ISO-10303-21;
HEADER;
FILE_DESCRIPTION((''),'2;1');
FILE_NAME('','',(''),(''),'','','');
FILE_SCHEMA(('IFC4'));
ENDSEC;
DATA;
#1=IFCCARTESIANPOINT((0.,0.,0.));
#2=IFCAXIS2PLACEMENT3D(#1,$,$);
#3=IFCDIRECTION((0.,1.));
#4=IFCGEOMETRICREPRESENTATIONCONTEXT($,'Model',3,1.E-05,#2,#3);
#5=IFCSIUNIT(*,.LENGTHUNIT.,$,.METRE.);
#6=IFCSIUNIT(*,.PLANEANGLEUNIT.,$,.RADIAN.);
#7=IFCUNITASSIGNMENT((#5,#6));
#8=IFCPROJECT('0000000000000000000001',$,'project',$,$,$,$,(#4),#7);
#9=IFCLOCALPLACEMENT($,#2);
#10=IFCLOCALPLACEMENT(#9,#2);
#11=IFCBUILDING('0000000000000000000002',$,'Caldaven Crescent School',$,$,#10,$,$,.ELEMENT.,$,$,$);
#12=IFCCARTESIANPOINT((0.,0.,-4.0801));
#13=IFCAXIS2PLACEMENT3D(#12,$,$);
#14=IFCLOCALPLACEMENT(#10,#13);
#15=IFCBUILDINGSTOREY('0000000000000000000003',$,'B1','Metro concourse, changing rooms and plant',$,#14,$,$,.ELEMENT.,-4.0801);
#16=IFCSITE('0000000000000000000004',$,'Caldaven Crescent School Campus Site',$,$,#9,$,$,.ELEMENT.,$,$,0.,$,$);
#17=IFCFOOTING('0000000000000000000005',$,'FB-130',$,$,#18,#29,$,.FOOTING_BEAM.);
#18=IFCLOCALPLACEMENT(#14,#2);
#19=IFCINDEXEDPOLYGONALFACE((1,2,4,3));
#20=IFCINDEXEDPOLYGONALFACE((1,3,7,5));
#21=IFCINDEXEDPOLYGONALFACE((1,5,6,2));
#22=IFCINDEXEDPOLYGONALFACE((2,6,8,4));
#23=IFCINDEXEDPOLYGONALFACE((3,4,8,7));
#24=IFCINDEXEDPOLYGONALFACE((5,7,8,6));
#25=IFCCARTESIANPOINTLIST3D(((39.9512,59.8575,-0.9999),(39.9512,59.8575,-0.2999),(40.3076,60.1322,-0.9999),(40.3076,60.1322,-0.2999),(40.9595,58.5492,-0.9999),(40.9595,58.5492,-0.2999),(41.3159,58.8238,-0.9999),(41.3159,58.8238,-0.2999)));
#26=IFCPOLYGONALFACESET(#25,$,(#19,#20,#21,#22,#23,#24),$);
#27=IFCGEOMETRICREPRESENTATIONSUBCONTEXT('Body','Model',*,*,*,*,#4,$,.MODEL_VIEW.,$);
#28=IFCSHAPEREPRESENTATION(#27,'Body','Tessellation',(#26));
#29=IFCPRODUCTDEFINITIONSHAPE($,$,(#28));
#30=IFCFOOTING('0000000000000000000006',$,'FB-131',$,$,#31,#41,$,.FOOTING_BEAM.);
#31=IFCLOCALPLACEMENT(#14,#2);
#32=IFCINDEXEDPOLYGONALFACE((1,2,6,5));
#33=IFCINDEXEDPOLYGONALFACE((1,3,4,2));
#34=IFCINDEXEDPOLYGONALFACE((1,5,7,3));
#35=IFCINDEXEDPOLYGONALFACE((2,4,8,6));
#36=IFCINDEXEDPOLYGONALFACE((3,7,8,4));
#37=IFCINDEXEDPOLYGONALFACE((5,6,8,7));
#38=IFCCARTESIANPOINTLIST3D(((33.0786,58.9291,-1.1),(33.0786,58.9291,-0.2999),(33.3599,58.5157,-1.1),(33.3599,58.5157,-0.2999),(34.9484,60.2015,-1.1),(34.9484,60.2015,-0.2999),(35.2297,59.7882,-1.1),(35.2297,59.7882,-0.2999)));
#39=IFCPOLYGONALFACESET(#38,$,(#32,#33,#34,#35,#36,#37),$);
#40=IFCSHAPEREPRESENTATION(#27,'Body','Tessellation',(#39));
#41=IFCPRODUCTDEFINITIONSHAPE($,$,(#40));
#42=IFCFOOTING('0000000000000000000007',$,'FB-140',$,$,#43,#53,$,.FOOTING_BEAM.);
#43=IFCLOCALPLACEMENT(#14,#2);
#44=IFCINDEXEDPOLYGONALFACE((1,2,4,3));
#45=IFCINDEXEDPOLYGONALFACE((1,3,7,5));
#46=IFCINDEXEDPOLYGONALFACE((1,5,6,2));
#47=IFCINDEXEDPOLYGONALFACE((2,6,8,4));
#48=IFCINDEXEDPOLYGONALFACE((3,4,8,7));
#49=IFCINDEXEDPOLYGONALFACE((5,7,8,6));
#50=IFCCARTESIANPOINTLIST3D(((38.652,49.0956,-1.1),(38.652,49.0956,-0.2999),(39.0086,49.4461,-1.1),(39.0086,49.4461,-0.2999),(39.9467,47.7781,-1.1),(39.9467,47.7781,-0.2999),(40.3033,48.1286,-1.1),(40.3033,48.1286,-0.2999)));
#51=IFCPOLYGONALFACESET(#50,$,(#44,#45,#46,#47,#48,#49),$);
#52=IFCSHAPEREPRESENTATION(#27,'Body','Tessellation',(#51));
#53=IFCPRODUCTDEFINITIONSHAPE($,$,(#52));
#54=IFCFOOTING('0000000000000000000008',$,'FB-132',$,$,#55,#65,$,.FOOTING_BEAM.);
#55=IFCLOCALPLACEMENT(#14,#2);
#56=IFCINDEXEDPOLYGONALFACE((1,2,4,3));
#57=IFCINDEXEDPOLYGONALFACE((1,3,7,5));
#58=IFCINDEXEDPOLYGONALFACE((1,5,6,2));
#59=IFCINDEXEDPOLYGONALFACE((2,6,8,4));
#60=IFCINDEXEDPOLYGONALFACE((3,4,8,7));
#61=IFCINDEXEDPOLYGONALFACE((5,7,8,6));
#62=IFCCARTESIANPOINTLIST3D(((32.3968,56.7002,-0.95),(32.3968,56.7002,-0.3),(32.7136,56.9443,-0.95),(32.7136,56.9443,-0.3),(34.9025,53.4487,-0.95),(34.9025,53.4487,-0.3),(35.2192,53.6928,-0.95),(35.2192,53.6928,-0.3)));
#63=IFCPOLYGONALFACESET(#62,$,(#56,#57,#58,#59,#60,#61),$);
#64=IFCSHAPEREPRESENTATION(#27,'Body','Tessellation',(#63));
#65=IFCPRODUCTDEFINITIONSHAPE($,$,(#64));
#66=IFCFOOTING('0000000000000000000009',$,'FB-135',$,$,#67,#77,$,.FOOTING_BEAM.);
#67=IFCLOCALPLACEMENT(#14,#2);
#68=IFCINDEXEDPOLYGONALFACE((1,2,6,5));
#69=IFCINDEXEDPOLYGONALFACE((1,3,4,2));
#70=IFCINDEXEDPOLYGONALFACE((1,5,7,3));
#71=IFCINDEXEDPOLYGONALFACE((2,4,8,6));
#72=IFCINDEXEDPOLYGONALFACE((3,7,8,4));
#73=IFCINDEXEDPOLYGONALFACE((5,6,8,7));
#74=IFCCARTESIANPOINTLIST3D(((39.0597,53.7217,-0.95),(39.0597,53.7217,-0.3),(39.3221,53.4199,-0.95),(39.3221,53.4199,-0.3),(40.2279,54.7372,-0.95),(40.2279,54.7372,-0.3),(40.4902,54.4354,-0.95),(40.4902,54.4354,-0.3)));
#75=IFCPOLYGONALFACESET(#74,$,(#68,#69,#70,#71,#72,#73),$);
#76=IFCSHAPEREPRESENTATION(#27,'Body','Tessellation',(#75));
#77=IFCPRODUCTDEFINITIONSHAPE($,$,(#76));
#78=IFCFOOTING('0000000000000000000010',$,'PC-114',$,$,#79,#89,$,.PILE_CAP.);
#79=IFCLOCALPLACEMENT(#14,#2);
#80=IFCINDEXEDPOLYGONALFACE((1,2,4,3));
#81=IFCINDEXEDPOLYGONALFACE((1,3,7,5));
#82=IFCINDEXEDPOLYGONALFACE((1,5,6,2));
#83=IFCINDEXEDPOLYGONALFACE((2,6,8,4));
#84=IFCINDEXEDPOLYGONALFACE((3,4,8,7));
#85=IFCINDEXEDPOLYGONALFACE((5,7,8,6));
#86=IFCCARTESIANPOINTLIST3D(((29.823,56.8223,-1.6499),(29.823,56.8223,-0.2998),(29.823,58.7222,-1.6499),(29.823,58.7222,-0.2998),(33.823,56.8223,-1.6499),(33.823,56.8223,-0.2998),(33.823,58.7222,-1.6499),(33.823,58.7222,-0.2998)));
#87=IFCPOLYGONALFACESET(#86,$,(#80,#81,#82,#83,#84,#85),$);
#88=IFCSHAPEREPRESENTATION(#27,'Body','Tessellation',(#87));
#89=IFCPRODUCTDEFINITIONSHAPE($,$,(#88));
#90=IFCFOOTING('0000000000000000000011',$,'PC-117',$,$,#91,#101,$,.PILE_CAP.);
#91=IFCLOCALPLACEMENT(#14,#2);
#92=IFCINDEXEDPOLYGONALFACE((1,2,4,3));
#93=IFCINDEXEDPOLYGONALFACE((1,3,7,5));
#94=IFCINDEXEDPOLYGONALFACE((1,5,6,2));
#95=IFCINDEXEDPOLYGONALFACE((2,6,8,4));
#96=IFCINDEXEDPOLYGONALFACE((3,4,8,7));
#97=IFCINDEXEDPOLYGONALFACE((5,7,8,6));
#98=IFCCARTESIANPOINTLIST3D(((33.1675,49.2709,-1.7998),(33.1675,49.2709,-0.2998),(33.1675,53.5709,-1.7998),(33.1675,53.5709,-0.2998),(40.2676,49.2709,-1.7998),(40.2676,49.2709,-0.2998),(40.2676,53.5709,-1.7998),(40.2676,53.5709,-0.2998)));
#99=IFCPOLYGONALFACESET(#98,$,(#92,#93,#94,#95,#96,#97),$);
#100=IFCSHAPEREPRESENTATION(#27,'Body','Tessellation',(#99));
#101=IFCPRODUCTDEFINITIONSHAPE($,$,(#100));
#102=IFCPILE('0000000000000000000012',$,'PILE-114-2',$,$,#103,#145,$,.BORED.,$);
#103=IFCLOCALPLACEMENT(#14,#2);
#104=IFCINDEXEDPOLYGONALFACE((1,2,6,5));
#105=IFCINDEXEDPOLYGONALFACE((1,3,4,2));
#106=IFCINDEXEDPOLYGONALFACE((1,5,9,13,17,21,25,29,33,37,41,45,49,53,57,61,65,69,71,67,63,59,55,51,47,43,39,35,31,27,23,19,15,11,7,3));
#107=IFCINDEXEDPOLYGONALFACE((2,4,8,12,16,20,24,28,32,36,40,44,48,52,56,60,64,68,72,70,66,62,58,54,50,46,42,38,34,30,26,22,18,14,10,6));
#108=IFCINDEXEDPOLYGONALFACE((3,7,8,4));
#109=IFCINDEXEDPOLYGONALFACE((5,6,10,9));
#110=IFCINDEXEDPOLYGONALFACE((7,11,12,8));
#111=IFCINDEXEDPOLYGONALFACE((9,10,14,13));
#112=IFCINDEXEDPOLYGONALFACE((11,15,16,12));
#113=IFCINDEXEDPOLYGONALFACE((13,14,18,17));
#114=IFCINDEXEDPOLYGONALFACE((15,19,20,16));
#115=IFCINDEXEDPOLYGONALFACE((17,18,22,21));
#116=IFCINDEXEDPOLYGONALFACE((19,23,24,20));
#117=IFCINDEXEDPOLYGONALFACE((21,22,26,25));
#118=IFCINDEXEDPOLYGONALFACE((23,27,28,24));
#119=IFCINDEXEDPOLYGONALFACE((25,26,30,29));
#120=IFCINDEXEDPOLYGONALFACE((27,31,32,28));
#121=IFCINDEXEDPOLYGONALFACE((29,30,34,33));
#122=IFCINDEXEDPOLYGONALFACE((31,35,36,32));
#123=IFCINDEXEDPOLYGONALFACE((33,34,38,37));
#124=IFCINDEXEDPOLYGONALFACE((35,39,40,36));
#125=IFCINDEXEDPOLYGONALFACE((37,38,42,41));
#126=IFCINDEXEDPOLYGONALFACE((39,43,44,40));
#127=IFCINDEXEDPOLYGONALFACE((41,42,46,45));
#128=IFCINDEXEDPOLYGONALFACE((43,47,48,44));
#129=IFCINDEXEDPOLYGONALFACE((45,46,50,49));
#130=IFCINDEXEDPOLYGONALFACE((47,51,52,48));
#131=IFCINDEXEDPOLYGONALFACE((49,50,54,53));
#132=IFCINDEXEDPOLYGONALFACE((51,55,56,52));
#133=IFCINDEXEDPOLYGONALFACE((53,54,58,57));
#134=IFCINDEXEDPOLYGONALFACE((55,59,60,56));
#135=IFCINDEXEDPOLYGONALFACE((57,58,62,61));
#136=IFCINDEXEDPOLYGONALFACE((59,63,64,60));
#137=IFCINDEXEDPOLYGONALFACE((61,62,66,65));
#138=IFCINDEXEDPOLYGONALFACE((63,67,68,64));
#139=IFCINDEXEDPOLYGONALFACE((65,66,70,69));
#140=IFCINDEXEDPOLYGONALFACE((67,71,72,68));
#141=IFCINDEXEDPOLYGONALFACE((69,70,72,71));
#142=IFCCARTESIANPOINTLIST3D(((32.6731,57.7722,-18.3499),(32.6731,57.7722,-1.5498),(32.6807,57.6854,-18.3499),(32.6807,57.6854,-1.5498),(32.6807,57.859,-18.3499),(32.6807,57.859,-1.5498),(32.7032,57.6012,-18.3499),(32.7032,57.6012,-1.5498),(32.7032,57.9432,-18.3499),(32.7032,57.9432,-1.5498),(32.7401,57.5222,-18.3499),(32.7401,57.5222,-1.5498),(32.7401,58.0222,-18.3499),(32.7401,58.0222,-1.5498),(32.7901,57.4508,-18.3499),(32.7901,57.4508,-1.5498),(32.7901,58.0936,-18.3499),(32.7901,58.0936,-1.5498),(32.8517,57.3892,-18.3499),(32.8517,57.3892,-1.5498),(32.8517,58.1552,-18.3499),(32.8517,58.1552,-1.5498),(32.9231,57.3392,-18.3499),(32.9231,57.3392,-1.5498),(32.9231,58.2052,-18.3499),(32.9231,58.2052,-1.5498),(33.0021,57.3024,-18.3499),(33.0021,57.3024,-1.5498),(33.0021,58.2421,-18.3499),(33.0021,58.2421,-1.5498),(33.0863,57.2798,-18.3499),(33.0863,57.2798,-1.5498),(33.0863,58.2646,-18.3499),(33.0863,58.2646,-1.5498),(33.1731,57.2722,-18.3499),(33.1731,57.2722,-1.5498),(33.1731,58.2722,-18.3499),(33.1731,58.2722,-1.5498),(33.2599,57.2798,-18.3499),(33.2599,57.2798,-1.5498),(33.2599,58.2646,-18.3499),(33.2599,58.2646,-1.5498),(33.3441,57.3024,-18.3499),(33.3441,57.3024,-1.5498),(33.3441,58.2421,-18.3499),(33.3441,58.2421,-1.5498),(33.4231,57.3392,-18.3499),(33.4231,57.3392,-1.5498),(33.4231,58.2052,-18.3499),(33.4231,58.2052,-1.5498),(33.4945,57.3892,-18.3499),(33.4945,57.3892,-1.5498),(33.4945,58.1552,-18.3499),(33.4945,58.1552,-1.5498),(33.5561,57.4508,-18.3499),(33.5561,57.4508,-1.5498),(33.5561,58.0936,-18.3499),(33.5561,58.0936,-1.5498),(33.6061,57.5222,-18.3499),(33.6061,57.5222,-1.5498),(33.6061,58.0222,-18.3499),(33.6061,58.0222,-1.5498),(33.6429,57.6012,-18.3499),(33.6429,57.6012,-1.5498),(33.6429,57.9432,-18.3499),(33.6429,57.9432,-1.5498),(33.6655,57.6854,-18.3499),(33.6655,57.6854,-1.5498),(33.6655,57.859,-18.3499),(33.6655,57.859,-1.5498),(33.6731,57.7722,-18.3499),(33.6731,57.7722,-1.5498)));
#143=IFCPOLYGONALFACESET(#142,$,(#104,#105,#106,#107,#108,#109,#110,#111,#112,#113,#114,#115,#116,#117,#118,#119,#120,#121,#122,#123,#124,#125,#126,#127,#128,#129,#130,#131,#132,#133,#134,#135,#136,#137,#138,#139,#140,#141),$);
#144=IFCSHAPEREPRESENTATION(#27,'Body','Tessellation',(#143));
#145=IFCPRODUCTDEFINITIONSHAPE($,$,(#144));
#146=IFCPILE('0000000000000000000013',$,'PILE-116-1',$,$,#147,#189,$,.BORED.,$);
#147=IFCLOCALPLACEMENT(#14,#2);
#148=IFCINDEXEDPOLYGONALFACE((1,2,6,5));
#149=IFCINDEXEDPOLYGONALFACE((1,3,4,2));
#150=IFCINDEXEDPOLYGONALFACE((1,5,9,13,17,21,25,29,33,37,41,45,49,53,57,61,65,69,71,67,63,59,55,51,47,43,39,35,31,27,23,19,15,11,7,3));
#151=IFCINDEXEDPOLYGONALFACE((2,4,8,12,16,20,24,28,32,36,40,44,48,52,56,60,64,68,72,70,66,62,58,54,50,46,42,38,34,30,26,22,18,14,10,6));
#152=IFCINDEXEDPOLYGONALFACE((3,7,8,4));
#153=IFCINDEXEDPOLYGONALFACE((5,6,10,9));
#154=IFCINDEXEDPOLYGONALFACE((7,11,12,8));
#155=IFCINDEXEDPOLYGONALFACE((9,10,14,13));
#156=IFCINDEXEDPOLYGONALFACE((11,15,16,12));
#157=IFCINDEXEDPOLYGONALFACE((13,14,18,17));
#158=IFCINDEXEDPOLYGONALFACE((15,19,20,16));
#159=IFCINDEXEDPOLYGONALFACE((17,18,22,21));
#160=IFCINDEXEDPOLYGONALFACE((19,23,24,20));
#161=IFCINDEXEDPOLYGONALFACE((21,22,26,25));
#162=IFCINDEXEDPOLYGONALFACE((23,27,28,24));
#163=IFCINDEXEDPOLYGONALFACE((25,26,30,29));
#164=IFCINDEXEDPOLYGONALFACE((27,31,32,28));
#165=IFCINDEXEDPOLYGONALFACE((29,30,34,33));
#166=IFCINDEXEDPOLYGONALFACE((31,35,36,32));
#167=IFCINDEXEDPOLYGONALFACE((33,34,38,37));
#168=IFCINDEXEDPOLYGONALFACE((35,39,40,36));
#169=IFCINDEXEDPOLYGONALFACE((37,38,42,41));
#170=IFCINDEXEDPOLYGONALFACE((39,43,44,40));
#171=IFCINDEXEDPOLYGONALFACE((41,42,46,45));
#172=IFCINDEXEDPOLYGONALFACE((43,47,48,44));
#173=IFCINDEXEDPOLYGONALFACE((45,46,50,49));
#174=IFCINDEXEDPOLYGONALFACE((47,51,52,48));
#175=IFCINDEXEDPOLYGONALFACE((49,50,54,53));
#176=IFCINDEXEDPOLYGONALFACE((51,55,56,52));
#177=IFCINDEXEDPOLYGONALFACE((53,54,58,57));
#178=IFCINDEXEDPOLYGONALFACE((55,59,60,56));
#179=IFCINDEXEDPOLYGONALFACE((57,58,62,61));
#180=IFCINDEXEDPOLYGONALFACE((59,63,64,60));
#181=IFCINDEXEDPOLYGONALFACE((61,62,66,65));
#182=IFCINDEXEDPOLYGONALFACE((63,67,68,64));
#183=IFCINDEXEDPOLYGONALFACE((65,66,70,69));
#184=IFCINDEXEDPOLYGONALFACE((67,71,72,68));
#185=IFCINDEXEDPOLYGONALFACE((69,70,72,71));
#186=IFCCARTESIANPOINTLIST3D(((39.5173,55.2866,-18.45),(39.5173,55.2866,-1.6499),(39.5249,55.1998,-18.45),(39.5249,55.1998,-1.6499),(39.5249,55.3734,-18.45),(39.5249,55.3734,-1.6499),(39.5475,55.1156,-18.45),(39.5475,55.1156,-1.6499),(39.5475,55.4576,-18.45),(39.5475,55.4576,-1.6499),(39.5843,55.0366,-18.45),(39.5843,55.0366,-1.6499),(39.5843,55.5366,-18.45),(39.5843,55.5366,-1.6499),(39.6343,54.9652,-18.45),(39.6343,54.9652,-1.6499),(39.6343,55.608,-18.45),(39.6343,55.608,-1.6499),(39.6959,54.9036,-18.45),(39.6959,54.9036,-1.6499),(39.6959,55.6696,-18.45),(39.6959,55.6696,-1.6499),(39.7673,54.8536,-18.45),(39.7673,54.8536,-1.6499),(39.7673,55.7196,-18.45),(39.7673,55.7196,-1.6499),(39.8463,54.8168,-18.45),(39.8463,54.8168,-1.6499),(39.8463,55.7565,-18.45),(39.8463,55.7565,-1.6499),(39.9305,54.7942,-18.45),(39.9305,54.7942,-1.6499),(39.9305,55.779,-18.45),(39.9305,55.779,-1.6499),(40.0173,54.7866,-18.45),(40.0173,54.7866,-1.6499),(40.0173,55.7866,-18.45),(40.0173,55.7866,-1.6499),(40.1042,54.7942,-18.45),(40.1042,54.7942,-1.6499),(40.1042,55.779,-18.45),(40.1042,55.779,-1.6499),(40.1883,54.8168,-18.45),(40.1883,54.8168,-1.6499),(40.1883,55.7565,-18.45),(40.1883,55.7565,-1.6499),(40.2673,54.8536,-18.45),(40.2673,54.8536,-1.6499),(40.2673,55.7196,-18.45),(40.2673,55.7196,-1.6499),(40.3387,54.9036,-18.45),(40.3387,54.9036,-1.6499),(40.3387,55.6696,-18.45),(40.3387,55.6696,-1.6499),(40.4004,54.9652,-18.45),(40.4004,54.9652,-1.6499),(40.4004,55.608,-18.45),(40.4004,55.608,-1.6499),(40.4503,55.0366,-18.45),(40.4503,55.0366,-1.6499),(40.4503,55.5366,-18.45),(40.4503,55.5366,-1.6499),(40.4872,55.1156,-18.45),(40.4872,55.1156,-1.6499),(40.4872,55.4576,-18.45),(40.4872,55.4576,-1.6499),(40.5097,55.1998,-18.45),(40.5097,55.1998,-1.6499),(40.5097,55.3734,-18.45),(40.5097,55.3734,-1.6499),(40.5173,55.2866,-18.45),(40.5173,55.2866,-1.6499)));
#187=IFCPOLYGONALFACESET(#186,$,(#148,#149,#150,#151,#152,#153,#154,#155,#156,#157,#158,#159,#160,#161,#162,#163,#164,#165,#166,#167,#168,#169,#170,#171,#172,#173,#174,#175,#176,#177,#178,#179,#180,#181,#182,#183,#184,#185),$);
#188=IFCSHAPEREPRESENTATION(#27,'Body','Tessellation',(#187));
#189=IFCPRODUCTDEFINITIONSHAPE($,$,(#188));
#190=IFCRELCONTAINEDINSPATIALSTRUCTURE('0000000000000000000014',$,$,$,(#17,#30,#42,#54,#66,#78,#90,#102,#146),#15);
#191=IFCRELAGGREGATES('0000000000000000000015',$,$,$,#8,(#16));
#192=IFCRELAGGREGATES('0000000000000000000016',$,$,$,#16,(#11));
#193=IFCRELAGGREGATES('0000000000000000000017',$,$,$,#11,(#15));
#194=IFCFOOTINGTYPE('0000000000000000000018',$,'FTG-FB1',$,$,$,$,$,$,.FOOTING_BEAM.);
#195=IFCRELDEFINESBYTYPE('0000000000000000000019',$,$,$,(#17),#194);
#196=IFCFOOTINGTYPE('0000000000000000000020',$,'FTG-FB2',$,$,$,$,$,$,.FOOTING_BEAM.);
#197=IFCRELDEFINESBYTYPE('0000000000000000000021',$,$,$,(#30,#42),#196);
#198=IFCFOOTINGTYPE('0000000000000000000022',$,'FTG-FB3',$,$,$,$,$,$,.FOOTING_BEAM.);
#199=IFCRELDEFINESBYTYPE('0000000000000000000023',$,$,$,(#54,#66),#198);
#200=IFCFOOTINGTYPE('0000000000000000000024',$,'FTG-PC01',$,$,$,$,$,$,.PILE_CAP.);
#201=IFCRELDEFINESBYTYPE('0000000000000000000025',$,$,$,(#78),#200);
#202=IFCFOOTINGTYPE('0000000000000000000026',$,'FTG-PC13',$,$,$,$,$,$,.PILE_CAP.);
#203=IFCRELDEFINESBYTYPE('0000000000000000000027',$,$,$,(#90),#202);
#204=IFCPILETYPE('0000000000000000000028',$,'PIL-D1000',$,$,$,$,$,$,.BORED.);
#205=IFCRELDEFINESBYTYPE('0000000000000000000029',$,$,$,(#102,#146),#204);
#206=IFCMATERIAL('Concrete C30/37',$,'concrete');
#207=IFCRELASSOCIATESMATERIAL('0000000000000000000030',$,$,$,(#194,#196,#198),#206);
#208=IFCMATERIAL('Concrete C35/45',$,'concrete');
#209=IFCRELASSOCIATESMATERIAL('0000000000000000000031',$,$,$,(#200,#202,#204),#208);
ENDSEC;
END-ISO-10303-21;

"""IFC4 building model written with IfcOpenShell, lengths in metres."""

from ifc_helpers import new_model, si_unit, direction, frame, origin, origin_2d, place, context, subcontext, project, spatial, rectangle, circle, extrude, material, material_profile, profile_set, type_object, element, save


model = new_model("IFC4")

# Units and contexts
model_context = context("Model", 3, precision=1e-05, world=origin(), true_north=direction((0.0, 1.0)))
body_context = subcontext(model_context, "Body", "Model", "MODEL_VIEW")
ifc_project = project(units=[si_unit("LENGTHUNIT", "METRE"), si_unit("PLANEANGLEUNIT", "RADIAN")], contexts=[model_context])

# Site, building, storey
site_placement = place(None, origin())
site = spatial("IfcSite", under=ifc_project, at=site_placement, Name="Caldaven Crescent School Campus Site", CompositionType="ELEMENT", RefElevation=0.0)
building_placement = place(site_placement, origin())
building = spatial("IfcBuilding", under=site, at=building_placement, Name="Caldaven Crescent School", CompositionType="ELEMENT")
storey_placement = place(building_placement, frame((0.0, 0.0, -4.0801)))
storey = spatial("IfcBuildingStorey", under=building, at=storey_placement, Name="B1", Description="Metro concourse, changing rooms and plant", CompositionType="ELEMENT", Elevation=-4.0801)

# Footings
ifc_material_1 = material(Name="Concrete C30/37", Category="concrete")
ifc_material_profile_1 = material_profile(ifc_material_1, rectangle(XDim=0.45, YDim=0.7, at=origin_2d()), Name="FB 450x700")
ifc_profile_set_1 = profile_set([ifc_material_profile_1], Name="Concrete C30/37")
footing_type_1 = type_object("IfcFootingType", Name="FTG-FB1", PredefinedType="FOOTING_BEAM", material=ifc_profile_set_1)
footing_1_placement = place(storey_placement, frame((40.1294, 59.9949, -0.6499), z_axis=(0.610425, -0.792074, 0.0), x_axis=(0.792074, 0.610425, 0.0)))
element("IfcFooting", 1, at=footing_1_placement, inside=storey, type_object=footing_type_1, Name="FB-130", PredefinedType="FOOTING_BEAM", context=body_context, shape_type="SweptSolid", body=[
    extrude(rectangle(XDim=0.45, YDim=0.7, at=origin_2d()), origin(), (0.0, 0.0, 1.0), 1.6519),
])
ifc_material_profile_2 = material_profile(ifc_material_1, rectangle(XDim=0.5, YDim=0.8, at=origin_2d()), Name="FB 500x800")
ifc_profile_set_2 = profile_set([ifc_material_profile_2], Name="Concrete C30/37")
footing_type_2 = type_object("IfcFootingType", Name="FTG-FB2", PredefinedType="FOOTING_BEAM", material=ifc_profile_set_2)
footing_2_placement = place(storey_placement, frame((33.2192, 58.7224, -0.7), z_axis=(0.826732, 0.562596, 0.0), x_axis=(-0.562596, 0.826732, 0.0)))
element("IfcFooting", 2, at=footing_2_placement, inside=storey, type_object=footing_type_2, Name="FB-131", PredefinedType="FOOTING_BEAM", context=body_context, shape_type="SweptSolid", body=[
    extrude(rectangle(XDim=0.5, YDim=0.8, at=origin_2d()), origin(), (0.0, 0.0, 1.0), 2.2617),
])
footing_3_placement = place(storey_placement, frame((40.125, 47.9534, -0.7), z_axis=(-0.700934, 0.713226, 0.0), x_axis=(-0.713226, -0.700934, 0.0)))
element("IfcFooting", 3, at=footing_3_placement, inside=storey, type_object=footing_type_2, Name="FB-140", PredefinedType="FOOTING_BEAM", context=body_context, shape_type="SweptSolid", body=[
    extrude(rectangle(XDim=0.5, YDim=0.8, at=origin_2d()), origin(), (0.0, 0.0, 1.0), 1.8472),
])
ifc_material_profile_3 = material_profile(ifc_material_1, rectangle(XDim=0.3999, YDim=0.6499, at=origin_2d()), Name="FB 400x650")
ifc_profile_set_3 = profile_set([ifc_material_profile_3], Name="Concrete C30/37")
footing_type_3 = type_object("IfcFootingType", Name="FTG-FB3", PredefinedType="FOOTING_BEAM", material=ifc_profile_set_3)
footing_4_placement = place(storey_placement, frame((32.5552, 56.8223, -0.625), z_axis=(0.610397, -0.792095, 0.0), x_axis=(0.792095, 0.610397, 0.0)))
element("IfcFooting", 4, at=footing_4_placement, inside=storey, type_object=footing_type_3, Name="FB-132", PredefinedType="FOOTING_BEAM", context=body_context, shape_type="SweptSolid", body=[
    extrude(rectangle(XDim=0.3999, YDim=0.6499, at=origin_2d()), origin(), (0.0, 0.0, 1.0), 4.105),
])
footing_5_placement = place(storey_placement, frame((39.1909, 53.5708, -0.625), z_axis=(0.754673, 0.656101, 0.0), x_axis=(-0.656101, 0.754673, 0.0)))
element("IfcFooting", 5, at=footing_5_placement, inside=storey, type_object=footing_type_3, Name="FB-135", PredefinedType="FOOTING_BEAM", context=body_context, shape_type="SweptSolid", body=[
    extrude(rectangle(XDim=0.3999, YDim=0.6499, at=origin_2d()), origin(), (0.0, 0.0, 1.0), 1.5479),
])
ifc_material_2 = material(Name="Concrete C35/45", Category="concrete")
footing_type_4 = type_object("IfcFootingType", Name="FTG-PC01", PredefinedType="PILE_CAP", material=ifc_material_2)
footing_6_placement = place(storey_placement, frame((31.823, 57.7722, -1.6499), z_axis=(0.0, 0.0, 1.0), x_axis=(1.0, 0.0, 0.0)))
element("IfcFooting", 6, at=footing_6_placement, inside=storey, type_object=footing_type_4, Name="PC-114", PredefinedType="PILE_CAP", context=body_context, shape_type="SweptSolid", body=[
    extrude(rectangle(XDim=4.0, YDim=1.8999, at=origin_2d()), origin(), (0.0, 0.0, 1.0), 1.3501),
])
footing_type_5 = type_object("IfcFootingType", Name="FTG-PC13", PredefinedType="PILE_CAP", material=ifc_material_2)
footing_7_placement = place(storey_placement, frame((36.7175, 51.4209, -1.7998), z_axis=(0.0, 0.0, 1.0), x_axis=(1.0, 0.0, 0.0)))
element("IfcFooting", 7, at=footing_7_placement, inside=storey, type_object=footing_type_5, Name="PC-117", PredefinedType="PILE_CAP", context=body_context, shape_type="SweptSolid", body=[
    extrude(rectangle(XDim=7.1001, YDim=4.3, at=origin_2d()), origin(), (0.0, 0.0, 1.0), 1.5),
])

# Piles
ifc_material_profile_4 = material_profile(ifc_material_2, circle(Radius=0.5, at=origin_2d()), Name="PILE D1000")
ifc_profile_set_4 = profile_set([ifc_material_profile_4], Name="Concrete C35/45")
pile_type = type_object("IfcPileType", Name="PIL-D1000", PredefinedType="BORED", material=ifc_profile_set_4)
for number, where, z_axis, x_axis, name in (
    (8, (33.1731, 57.7722, -1.5498), (0.0, 0.0, -1.0), (1.0, 0.0, 0.0), "PILE-114-2"),
    (9, (40.0173, 55.2866, -1.6499), (0.0, 0.0, -1.0), (1.0, 0.0, 0.0), "PILE-116-1"),
):
    element("IfcPile", number, at=place(storey_placement, frame(where, z_axis=z_axis, x_axis=x_axis)), inside=storey, type_object=pile_type, Name=name, PredefinedType="BORED", context=body_context, shape_type="SweptSolid", body=[
        extrude(circle(Radius=0.5, at=origin_2d()), origin(), (0.0, 0.0, 1.0), 16.8),
    ])

save(model, "model.ifc")
